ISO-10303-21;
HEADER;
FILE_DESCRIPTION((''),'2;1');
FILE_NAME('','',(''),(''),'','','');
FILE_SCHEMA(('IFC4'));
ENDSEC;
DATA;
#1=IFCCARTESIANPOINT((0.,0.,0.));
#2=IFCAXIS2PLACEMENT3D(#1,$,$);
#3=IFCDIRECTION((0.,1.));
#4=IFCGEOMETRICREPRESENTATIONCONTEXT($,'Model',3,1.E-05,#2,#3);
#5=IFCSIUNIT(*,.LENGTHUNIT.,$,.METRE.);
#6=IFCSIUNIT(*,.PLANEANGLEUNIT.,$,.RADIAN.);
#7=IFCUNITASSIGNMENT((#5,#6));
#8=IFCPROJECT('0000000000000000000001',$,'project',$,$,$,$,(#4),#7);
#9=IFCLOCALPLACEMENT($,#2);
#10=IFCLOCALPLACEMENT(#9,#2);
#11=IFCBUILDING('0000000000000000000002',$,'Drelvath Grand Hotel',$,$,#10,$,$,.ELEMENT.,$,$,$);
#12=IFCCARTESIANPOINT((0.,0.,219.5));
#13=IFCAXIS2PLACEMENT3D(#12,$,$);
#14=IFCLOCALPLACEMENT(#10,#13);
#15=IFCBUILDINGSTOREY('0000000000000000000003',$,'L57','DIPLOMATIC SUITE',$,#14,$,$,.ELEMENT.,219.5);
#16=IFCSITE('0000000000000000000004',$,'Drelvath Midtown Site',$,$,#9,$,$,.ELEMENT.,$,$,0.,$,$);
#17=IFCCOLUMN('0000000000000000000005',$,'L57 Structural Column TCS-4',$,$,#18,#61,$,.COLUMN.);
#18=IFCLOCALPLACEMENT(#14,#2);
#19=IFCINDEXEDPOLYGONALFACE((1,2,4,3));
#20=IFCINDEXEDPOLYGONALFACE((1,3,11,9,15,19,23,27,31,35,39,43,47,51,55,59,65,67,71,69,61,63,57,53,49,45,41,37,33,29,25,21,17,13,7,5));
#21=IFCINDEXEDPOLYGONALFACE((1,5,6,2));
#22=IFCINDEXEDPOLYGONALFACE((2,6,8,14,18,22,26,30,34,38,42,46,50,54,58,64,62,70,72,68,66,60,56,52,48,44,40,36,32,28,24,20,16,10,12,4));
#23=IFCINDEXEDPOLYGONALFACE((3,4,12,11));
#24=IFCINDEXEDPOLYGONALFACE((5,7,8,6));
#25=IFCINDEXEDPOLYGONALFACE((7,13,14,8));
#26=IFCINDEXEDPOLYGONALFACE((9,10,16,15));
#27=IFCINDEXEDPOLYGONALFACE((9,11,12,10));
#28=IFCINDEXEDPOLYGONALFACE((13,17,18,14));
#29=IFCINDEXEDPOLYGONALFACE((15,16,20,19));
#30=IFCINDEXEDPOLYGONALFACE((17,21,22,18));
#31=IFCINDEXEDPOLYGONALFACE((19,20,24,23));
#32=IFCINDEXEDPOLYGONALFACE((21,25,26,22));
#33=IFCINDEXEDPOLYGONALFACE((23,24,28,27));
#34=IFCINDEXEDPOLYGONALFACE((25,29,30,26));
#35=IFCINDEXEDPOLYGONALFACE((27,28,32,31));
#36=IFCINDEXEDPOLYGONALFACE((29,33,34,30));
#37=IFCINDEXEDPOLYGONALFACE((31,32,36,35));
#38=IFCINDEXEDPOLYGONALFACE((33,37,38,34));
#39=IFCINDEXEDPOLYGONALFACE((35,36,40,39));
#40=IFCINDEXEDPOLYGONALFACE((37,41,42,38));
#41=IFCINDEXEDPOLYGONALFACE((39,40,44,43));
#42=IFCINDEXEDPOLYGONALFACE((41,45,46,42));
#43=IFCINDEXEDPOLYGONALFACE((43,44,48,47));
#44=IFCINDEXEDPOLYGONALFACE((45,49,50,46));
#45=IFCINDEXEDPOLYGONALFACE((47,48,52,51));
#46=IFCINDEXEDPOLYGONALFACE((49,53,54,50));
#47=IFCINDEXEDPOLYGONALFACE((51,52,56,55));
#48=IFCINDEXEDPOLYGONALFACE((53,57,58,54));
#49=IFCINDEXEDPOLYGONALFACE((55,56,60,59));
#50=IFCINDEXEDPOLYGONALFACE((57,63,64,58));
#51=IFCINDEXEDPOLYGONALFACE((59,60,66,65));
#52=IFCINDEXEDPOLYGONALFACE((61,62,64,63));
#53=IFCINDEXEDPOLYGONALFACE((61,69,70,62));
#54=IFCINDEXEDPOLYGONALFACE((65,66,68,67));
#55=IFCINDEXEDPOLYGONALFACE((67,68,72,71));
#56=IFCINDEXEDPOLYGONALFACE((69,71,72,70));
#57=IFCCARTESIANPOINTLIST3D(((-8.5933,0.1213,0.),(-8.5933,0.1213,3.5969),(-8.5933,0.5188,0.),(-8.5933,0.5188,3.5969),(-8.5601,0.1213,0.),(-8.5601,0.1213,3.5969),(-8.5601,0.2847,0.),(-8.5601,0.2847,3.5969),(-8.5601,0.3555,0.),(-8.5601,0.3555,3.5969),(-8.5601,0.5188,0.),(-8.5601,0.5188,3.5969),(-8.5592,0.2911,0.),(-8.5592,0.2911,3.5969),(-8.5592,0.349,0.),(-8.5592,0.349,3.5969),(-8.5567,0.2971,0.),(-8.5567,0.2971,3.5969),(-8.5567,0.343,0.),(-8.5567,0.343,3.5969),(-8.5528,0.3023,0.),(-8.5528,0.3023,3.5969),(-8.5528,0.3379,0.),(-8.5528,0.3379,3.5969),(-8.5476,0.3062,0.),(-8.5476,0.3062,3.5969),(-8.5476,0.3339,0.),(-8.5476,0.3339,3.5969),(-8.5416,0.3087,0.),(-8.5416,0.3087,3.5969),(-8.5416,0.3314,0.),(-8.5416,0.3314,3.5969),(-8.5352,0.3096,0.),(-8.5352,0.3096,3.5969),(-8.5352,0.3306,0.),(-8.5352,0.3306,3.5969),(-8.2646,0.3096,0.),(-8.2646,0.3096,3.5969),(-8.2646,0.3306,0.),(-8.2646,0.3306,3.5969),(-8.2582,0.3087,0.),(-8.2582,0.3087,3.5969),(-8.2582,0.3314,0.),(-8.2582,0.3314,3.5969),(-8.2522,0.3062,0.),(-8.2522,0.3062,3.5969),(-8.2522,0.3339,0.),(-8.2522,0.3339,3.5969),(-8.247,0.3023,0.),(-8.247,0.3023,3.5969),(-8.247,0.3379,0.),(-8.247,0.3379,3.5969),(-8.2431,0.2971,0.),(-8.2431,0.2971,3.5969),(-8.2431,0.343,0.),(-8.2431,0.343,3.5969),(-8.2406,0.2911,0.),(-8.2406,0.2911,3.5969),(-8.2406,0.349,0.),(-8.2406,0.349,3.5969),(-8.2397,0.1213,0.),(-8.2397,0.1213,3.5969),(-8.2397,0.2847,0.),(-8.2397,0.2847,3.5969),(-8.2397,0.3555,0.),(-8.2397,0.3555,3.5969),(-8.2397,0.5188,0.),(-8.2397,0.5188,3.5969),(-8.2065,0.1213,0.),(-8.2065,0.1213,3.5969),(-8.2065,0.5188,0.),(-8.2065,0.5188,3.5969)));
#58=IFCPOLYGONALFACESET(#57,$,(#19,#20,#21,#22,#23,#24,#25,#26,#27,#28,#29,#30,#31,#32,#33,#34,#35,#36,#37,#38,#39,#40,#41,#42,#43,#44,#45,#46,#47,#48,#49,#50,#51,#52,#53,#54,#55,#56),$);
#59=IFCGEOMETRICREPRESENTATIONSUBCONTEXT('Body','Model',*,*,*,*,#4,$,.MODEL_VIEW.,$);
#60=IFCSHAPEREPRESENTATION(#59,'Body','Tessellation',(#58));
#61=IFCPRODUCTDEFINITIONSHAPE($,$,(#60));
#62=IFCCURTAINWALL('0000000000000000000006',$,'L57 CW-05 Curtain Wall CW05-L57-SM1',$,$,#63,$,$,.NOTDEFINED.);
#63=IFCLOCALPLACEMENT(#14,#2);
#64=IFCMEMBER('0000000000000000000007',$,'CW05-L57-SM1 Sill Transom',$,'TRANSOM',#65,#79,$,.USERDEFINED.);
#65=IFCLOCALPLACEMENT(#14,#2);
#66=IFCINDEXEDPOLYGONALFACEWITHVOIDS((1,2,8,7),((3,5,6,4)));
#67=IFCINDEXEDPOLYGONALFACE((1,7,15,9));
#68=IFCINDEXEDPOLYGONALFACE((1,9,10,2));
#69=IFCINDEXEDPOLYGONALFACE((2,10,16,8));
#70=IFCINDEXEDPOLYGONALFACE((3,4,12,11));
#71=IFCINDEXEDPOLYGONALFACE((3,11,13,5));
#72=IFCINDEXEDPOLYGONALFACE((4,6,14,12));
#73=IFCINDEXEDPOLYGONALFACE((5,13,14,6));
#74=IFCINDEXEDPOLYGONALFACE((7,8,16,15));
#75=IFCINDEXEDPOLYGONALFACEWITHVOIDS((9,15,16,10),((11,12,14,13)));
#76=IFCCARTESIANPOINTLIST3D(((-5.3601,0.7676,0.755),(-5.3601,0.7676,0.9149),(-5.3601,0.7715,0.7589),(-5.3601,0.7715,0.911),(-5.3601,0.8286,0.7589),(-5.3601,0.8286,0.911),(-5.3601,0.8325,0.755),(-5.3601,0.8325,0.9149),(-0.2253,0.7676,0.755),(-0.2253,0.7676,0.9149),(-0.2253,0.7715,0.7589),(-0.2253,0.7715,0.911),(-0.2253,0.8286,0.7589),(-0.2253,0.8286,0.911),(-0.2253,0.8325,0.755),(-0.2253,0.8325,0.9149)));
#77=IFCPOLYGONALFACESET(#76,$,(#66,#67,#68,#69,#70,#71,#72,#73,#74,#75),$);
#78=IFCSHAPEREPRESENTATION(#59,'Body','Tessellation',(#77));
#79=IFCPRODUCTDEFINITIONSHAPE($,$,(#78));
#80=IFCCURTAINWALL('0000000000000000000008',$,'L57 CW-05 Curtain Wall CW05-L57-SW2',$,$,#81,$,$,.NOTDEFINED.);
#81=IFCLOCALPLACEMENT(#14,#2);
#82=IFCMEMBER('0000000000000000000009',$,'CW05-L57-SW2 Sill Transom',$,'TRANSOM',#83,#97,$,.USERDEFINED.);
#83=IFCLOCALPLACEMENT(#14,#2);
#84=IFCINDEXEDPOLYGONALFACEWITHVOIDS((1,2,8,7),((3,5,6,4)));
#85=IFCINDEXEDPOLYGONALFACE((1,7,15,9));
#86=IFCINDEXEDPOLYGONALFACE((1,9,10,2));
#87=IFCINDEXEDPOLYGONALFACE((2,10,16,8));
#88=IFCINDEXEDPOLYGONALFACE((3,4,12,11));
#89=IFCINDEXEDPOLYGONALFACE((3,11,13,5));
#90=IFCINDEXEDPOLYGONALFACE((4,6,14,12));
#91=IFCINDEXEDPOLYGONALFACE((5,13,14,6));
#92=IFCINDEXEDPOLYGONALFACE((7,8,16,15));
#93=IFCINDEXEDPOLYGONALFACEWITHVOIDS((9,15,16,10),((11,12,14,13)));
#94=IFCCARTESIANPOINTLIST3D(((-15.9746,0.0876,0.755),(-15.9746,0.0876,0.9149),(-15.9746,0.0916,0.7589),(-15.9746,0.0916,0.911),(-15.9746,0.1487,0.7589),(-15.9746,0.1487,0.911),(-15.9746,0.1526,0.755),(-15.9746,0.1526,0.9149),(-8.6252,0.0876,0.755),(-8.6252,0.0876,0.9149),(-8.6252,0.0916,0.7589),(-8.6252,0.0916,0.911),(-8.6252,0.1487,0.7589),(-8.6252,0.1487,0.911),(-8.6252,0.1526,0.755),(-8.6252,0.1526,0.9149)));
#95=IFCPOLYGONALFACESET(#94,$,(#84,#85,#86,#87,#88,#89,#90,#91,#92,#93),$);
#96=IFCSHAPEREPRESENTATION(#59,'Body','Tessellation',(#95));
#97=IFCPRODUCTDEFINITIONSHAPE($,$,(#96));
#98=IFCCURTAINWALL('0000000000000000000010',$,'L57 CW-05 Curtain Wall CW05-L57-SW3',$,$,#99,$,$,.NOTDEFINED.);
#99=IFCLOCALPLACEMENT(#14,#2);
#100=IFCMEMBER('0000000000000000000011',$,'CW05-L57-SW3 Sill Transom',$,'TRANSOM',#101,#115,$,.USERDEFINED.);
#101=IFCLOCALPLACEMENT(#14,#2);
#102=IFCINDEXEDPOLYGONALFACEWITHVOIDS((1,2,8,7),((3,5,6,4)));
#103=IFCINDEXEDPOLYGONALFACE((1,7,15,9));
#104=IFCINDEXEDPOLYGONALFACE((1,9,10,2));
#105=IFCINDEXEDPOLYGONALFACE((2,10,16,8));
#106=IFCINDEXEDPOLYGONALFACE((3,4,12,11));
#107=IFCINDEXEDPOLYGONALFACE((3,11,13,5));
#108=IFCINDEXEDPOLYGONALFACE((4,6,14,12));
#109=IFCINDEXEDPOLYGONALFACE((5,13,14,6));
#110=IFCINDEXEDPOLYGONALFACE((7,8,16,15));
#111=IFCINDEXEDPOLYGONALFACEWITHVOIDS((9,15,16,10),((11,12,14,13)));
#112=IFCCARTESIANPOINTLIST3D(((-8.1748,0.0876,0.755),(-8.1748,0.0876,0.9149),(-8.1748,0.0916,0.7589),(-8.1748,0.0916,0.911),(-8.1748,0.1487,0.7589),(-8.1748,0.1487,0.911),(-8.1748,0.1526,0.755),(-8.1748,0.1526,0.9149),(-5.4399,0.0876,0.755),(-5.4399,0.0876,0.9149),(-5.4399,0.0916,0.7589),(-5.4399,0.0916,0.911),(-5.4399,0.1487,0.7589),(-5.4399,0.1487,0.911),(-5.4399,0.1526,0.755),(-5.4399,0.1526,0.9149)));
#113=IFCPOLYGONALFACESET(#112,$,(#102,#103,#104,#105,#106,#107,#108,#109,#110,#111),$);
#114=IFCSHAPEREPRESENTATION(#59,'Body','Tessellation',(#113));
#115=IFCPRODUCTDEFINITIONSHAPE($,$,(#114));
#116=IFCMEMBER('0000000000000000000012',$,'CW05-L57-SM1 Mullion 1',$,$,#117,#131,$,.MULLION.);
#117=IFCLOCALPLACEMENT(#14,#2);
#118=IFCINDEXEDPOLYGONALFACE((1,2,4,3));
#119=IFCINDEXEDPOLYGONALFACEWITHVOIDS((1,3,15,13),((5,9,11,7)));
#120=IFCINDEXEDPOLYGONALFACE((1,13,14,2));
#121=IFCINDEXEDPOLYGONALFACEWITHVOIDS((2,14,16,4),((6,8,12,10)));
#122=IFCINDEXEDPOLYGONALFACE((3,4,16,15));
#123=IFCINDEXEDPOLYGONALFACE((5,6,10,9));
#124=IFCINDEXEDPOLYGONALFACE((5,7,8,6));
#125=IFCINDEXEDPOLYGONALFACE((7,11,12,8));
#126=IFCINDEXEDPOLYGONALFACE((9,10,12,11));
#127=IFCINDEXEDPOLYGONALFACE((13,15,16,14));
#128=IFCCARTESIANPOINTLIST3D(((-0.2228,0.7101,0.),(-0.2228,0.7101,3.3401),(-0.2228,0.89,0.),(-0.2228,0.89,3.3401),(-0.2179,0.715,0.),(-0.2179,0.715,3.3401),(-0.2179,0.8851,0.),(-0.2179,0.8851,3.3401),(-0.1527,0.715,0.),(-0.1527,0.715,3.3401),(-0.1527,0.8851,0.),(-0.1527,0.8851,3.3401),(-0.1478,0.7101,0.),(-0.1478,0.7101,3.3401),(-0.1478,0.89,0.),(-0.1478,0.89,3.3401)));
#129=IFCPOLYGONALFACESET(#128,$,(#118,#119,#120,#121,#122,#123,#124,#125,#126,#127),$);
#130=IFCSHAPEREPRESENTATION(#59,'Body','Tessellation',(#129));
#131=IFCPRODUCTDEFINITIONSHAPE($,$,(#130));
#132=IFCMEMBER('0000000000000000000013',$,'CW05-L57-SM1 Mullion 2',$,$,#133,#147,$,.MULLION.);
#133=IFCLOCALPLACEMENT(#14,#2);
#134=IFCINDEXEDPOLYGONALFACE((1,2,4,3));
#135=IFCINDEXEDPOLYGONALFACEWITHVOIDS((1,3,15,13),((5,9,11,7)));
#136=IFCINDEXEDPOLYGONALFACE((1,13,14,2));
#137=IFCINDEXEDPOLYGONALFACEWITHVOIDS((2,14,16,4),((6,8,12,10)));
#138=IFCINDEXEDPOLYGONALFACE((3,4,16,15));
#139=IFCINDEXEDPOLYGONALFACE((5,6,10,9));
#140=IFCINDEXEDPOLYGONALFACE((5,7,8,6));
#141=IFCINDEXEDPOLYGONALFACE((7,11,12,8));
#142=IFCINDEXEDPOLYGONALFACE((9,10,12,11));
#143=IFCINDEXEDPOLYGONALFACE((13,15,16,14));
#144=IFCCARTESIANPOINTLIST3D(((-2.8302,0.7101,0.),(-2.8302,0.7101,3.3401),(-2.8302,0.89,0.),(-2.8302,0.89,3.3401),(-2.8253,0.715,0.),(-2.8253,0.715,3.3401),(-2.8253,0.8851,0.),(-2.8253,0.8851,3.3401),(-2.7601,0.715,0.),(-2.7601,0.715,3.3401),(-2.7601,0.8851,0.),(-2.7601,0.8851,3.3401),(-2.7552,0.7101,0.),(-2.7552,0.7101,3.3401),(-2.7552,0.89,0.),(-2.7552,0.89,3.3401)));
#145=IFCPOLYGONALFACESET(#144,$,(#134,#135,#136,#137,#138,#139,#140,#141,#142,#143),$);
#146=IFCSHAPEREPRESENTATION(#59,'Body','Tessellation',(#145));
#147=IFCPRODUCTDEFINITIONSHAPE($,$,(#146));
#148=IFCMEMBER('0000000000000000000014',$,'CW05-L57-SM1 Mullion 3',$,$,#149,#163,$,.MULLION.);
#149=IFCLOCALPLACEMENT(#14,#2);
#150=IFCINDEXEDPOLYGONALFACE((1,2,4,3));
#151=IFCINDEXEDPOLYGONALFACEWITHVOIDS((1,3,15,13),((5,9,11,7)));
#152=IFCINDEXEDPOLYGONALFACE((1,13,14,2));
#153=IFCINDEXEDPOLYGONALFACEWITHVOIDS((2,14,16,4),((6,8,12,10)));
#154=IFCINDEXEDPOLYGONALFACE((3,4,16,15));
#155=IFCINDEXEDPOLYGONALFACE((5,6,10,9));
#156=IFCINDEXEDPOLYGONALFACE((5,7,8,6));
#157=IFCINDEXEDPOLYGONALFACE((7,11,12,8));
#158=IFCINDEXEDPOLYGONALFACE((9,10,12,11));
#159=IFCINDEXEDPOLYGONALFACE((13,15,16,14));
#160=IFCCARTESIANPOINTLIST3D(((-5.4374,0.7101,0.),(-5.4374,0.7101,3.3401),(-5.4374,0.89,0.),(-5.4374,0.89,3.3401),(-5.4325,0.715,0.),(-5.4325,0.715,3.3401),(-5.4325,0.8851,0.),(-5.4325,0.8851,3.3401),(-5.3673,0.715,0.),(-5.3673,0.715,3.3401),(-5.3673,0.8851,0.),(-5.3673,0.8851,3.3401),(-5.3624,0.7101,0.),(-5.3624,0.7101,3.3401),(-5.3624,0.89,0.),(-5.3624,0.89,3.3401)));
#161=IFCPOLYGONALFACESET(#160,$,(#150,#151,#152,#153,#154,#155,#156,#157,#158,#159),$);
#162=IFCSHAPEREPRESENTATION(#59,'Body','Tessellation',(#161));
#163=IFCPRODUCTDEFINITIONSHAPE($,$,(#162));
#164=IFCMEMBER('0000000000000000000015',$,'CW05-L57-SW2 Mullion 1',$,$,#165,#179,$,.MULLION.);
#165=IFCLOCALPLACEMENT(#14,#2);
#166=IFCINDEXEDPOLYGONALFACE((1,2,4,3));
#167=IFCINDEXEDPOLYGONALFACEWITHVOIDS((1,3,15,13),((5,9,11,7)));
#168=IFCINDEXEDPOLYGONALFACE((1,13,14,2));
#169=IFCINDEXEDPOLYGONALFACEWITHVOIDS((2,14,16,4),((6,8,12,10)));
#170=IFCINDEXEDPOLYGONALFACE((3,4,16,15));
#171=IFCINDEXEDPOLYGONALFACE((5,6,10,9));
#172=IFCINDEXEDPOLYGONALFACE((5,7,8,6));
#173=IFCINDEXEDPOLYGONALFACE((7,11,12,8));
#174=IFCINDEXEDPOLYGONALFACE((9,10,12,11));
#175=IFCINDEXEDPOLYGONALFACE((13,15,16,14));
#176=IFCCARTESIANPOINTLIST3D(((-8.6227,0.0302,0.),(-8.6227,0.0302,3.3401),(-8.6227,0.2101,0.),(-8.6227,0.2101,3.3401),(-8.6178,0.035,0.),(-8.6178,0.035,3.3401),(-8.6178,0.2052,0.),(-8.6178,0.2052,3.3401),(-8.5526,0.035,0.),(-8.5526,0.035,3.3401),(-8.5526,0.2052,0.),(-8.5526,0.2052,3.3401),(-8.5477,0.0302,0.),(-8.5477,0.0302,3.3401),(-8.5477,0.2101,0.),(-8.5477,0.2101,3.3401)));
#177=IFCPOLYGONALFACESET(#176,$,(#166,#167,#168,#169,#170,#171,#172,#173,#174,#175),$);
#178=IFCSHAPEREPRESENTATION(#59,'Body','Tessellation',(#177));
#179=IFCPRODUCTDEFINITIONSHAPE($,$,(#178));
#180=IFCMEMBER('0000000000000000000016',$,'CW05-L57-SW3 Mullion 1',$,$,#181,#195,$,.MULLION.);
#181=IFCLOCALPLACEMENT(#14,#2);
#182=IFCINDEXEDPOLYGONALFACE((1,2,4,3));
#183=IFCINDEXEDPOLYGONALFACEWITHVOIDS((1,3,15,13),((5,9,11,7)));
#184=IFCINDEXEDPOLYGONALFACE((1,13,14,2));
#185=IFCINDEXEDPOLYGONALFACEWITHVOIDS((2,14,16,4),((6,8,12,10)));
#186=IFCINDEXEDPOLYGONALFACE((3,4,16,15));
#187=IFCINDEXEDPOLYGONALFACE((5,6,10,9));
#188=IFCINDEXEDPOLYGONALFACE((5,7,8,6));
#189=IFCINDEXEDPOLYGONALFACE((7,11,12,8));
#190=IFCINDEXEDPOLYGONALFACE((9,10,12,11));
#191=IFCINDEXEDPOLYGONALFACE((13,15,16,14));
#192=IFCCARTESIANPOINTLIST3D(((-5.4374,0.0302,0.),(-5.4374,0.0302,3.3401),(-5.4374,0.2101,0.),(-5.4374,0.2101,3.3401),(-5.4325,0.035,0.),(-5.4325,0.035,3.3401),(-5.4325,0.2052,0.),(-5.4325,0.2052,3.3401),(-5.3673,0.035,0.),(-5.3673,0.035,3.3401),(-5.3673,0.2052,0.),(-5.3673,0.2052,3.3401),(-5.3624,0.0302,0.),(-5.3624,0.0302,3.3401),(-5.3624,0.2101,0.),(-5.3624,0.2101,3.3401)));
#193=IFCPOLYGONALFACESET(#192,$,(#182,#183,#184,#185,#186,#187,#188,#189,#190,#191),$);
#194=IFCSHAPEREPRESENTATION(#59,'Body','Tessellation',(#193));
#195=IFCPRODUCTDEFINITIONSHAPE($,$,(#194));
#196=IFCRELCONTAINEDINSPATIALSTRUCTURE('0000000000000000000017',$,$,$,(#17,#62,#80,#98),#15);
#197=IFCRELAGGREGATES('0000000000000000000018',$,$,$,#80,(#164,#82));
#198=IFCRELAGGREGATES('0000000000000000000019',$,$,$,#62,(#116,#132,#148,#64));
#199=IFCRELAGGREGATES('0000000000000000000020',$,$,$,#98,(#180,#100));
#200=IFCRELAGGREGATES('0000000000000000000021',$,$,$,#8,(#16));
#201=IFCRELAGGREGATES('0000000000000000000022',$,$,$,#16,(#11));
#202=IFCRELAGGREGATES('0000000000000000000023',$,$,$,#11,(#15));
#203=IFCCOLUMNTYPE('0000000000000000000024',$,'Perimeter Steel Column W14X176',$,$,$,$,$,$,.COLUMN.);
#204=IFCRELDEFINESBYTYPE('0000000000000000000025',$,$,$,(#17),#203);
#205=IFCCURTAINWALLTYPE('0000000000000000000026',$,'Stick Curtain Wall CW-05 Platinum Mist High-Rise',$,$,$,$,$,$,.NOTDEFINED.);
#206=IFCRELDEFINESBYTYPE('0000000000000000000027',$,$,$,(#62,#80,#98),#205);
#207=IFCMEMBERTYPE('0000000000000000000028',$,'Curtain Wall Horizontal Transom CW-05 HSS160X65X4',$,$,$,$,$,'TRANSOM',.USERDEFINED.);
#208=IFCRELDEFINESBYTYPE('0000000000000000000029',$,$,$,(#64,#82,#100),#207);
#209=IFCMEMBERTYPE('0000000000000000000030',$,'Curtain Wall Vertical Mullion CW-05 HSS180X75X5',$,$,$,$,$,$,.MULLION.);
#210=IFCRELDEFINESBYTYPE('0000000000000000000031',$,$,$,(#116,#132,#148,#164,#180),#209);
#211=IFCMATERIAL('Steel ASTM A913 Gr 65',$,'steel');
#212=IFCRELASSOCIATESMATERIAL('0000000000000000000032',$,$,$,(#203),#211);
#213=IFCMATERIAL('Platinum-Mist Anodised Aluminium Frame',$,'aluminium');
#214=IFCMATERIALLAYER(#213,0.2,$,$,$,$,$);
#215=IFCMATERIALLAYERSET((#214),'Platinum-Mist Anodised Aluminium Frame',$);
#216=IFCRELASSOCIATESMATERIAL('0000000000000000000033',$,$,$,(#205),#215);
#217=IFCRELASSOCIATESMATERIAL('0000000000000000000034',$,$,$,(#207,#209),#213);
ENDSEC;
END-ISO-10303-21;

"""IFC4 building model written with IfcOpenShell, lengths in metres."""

from ifc_helpers import new_model, si_unit, direction, frame, origin, origin_2d, place, context, subcontext, project, spatial, hollow_rectangle, i_section, extrude, material, layer, layer_set, material_profile, profile_set, type_object, element, aggregate, save


model = new_model("IFC4")

# Units and contexts
model_context = context("Model", 3, precision=1e-05, world=origin(), true_north=direction((0.0, 1.0)))
body_context = subcontext(model_context, "Body", "Model", "MODEL_VIEW")
ifc_project = project(units=[si_unit("LENGTHUNIT", "METRE"), si_unit("PLANEANGLEUNIT", "RADIAN")], contexts=[model_context])

# Site, building, storey
site_placement = place(None, origin())
site = spatial("IfcSite", under=ifc_project, at=site_placement, Name="Drelvath Midtown Site", CompositionType="ELEMENT", RefElevation=0.0)
building_placement = place(site_placement, origin())
building = spatial("IfcBuilding", under=site, at=building_placement, Name="Drelvath Grand Hotel", CompositionType="ELEMENT")
storey_placement = place(building_placement, frame((0.0, 0.0, 219.5)))
storey = spatial("IfcBuildingStorey", under=building, at=storey_placement, Name="L57", Description="DIPLOMATIC SUITE", CompositionType="ELEMENT", Elevation=219.5)

# Column
ifc_material_1 = material(Name="Steel ASTM A913 Gr 65", Category="steel")
ifc_material_profile_1 = material_profile(ifc_material_1, i_section(OverallWidth=0.3975, OverallDepth=0.3867, WebThickness=0.021, FlangeThickness=0.0332, FilletRadius=0.0249, at=origin_2d()), Name="W14X176")
ifc_profile_set_1 = profile_set([ifc_material_profile_1], Name="Steel ASTM A913 Gr 65")
column_type = type_object("IfcColumnType", Name="Perimeter Steel Column W14X176", PredefinedType="COLUMN", material=ifc_profile_set_1)
column_placement = place(storey_placement, frame((-8.3999, 0.3201, 0.0), z_axis=(0.0, 0.0, 1.0), x_axis=(0.0, 1.0, 0.0)))
element("IfcColumn", 1, at=column_placement, inside=storey, type_object=column_type, Name="L57 Structural Column TCS-4", PredefinedType="COLUMN", context=body_context, shape_type="SweptSolid", body=[
    extrude(i_section(OverallWidth=0.3975, OverallDepth=0.3867, WebThickness=0.021, FlangeThickness=0.0332, FilletRadius=0.0249, at=origin_2d()), origin(), (0.0, 0.0, 1.0), 3.5969),
])

# Curtain walls, members
ifc_material_2 = material(Name="Platinum-Mist Anodised Aluminium Frame", Category="aluminium")
ifc_layer_1 = layer(ifc_material_2, 0.2)
ifc_layer_set_1 = layer_set([ifc_layer_1], Name="Platinum-Mist Anodised Aluminium Frame")
curtain_wall_type = type_object("IfcCurtainWallType", Name="Stick Curtain Wall CW-05 Platinum Mist High-Rise", PredefinedType="NOTDEFINED", material=ifc_layer_set_1)
curtain_wall_1_placement = place(storey_placement, origin())
curtain_wall_1 = element("IfcCurtainWall", 2, at=curtain_wall_1_placement, inside=storey, type_object=curtain_wall_type, Name="L57 CW-05 Curtain Wall CW05-L57-SM1", PredefinedType="NOTDEFINED")
ifc_material_profile_2 = material_profile(ifc_material_2, hollow_rectangle(XDim=0.0649, YDim=0.1599, WallThickness=0.0039, at=origin_2d()), Name="HSS160X65X4")
ifc_profile_set_2 = profile_set([ifc_material_profile_2], Name="Platinum-Mist Anodised Aluminium Frame")
member_type_1 = type_object("IfcMemberType", Name="Curtain Wall Horizontal Transom CW-05 HSS160X65X4", ElementType="TRANSOM", PredefinedType="USERDEFINED", material=ifc_profile_set_2)
member_1_placement = place(storey_placement, frame((-0.2253, 0.8, 0.835), z_axis=(-1.0, 0.0, 0.0), x_axis=(0.0, -1.0, 0.0)))
member_1 = element("IfcMember", 3, at=member_1_placement, type_object=member_type_1, Name="CW05-L57-SM1 Sill Transom", ObjectType="TRANSOM", PredefinedType="USERDEFINED", context=body_context, shape_type="SweptSolid", body=[
    extrude(hollow_rectangle(XDim=0.0649, YDim=0.1599, WallThickness=0.0039, at=origin_2d()), origin(), (0.0, 0.0, 1.0), 5.1348),
])
curtain_wall_2_placement = place(storey_placement, origin())
curtain_wall_2 = element("IfcCurtainWall", 4, at=curtain_wall_2_placement, inside=storey, type_object=curtain_wall_type, Name="L57 CW-05 Curtain Wall CW05-L57-SW2", PredefinedType="NOTDEFINED")
member_2_placement = place(storey_placement, frame((-8.6252, 0.1201, 0.835), z_axis=(-1.0, 0.0, 0.0), x_axis=(0.0, -1.0, 0.0)))
member_2 = element("IfcMember", 5, at=member_2_placement, type_object=member_type_1, Name="CW05-L57-SW2 Sill Transom", ObjectType="TRANSOM", PredefinedType="USERDEFINED", context=body_context, shape_type="SweptSolid", body=[
    extrude(hollow_rectangle(XDim=0.0649, YDim=0.1599, WallThickness=0.0039, at=origin_2d()), origin(), (0.0, 0.0, 1.0), 7.3494),
])
curtain_wall_3_placement = place(storey_placement, origin())
curtain_wall_3 = element("IfcCurtainWall", 6, at=curtain_wall_3_placement, inside=storey, type_object=curtain_wall_type, Name="L57 CW-05 Curtain Wall CW05-L57-SW3", PredefinedType="NOTDEFINED")
member_3_placement = place(storey_placement, frame((-5.4399, 0.1201, 0.835), z_axis=(-1.0, 0.0, 0.0), x_axis=(0.0, -1.0, 0.0)))
member_3 = element("IfcMember", 7, at=member_3_placement, type_object=member_type_1, Name="CW05-L57-SW3 Sill Transom", ObjectType="TRANSOM", PredefinedType="USERDEFINED", context=body_context, shape_type="SweptSolid", body=[
    extrude(hollow_rectangle(XDim=0.0649, YDim=0.1599, WallThickness=0.0039, at=origin_2d()), origin(), (0.0, 0.0, 1.0), 2.7349),
])

# Members
ifc_material_profile_3 = material_profile(ifc_material_2, hollow_rectangle(XDim=0.075, YDim=0.1799, WallThickness=0.0049, at=origin_2d()), Name="HSS180X75X5")
ifc_profile_set_3 = profile_set([ifc_material_profile_3], Name="Platinum-Mist Anodised Aluminium Frame")
member_type_2 = type_object("IfcMemberType", Name="Curtain Wall Vertical Mullion CW-05 HSS180X75X5", PredefinedType="MULLION", material=ifc_profile_set_3)
member_4_placement = place(storey_placement, frame((-0.1853, 0.8, 0.0), z_axis=(0.0, 0.0, 1.0), x_axis=(1.0, 0.0, 0.0)))
member_4 = element("IfcMember", 8, at=member_4_placement, type_object=member_type_2, Name="CW05-L57-SM1 Mullion 1", PredefinedType="MULLION", context=body_context, shape_type="SweptSolid", body=[
    extrude(hollow_rectangle(XDim=0.075, YDim=0.1799, WallThickness=0.0049, at=origin_2d()), origin(), (0.0, 0.0, 1.0), 3.3401),
])
member_5_placement = place(storey_placement, frame((-2.7927, 0.8, 0.0), z_axis=(0.0, 0.0, 1.0), x_axis=(1.0, 0.0, 0.0)))
member_5 = element("IfcMember", 9, at=member_5_placement, type_object=member_type_2, Name="CW05-L57-SM1 Mullion 2", PredefinedType="MULLION", context=body_context, shape_type="SweptSolid", body=[
    extrude(hollow_rectangle(XDim=0.075, YDim=0.1799, WallThickness=0.0049, at=origin_2d()), origin(), (0.0, 0.0, 1.0), 3.3401),
])
member_6_placement = place(storey_placement, frame((-5.3999, 0.8, 0.0), z_axis=(0.0, 0.0, 1.0), x_axis=(1.0, 0.0, 0.0)))
member_6 = element("IfcMember", 10, at=member_6_placement, type_object=member_type_2, Name="CW05-L57-SM1 Mullion 3", PredefinedType="MULLION", context=body_context, shape_type="SweptSolid", body=[
    extrude(hollow_rectangle(XDim=0.075, YDim=0.1799, WallThickness=0.0049, at=origin_2d()), origin(), (0.0, 0.0, 1.0), 3.3401),
])
member_7_placement = place(storey_placement, frame((-8.5852, 0.1201, 0.0), z_axis=(0.0, 0.0, 1.0), x_axis=(1.0, 0.0, 0.0)))
member_7 = element("IfcMember", 11, at=member_7_placement, type_object=member_type_2, Name="CW05-L57-SW2 Mullion 1", PredefinedType="MULLION", context=body_context, shape_type="SweptSolid", body=[
    extrude(hollow_rectangle(XDim=0.075, YDim=0.1799, WallThickness=0.0049, at=origin_2d()), origin(), (0.0, 0.0, 1.0), 3.3401),
])
aggregate(curtain_wall_2, [member_7, member_2])
member_8_placement = place(storey_placement, frame((-5.3999, 0.1201, 0.0), z_axis=(0.0, 0.0, 1.0), x_axis=(1.0, 0.0, 0.0)))
member_8 = element("IfcMember", 12, at=member_8_placement, type_object=member_type_2, Name="CW05-L57-SW3 Mullion 1", PredefinedType="MULLION", context=body_context, shape_type="SweptSolid", body=[
    extrude(hollow_rectangle(XDim=0.075, YDim=0.1799, WallThickness=0.0049, at=origin_2d()), origin(), (0.0, 0.0, 1.0), 3.3401),
])

aggregate(curtain_wall_1, [member_4, member_5, member_6, member_1])
aggregate(curtain_wall_3, [member_8, member_3])

save(model, "model.ifc")
